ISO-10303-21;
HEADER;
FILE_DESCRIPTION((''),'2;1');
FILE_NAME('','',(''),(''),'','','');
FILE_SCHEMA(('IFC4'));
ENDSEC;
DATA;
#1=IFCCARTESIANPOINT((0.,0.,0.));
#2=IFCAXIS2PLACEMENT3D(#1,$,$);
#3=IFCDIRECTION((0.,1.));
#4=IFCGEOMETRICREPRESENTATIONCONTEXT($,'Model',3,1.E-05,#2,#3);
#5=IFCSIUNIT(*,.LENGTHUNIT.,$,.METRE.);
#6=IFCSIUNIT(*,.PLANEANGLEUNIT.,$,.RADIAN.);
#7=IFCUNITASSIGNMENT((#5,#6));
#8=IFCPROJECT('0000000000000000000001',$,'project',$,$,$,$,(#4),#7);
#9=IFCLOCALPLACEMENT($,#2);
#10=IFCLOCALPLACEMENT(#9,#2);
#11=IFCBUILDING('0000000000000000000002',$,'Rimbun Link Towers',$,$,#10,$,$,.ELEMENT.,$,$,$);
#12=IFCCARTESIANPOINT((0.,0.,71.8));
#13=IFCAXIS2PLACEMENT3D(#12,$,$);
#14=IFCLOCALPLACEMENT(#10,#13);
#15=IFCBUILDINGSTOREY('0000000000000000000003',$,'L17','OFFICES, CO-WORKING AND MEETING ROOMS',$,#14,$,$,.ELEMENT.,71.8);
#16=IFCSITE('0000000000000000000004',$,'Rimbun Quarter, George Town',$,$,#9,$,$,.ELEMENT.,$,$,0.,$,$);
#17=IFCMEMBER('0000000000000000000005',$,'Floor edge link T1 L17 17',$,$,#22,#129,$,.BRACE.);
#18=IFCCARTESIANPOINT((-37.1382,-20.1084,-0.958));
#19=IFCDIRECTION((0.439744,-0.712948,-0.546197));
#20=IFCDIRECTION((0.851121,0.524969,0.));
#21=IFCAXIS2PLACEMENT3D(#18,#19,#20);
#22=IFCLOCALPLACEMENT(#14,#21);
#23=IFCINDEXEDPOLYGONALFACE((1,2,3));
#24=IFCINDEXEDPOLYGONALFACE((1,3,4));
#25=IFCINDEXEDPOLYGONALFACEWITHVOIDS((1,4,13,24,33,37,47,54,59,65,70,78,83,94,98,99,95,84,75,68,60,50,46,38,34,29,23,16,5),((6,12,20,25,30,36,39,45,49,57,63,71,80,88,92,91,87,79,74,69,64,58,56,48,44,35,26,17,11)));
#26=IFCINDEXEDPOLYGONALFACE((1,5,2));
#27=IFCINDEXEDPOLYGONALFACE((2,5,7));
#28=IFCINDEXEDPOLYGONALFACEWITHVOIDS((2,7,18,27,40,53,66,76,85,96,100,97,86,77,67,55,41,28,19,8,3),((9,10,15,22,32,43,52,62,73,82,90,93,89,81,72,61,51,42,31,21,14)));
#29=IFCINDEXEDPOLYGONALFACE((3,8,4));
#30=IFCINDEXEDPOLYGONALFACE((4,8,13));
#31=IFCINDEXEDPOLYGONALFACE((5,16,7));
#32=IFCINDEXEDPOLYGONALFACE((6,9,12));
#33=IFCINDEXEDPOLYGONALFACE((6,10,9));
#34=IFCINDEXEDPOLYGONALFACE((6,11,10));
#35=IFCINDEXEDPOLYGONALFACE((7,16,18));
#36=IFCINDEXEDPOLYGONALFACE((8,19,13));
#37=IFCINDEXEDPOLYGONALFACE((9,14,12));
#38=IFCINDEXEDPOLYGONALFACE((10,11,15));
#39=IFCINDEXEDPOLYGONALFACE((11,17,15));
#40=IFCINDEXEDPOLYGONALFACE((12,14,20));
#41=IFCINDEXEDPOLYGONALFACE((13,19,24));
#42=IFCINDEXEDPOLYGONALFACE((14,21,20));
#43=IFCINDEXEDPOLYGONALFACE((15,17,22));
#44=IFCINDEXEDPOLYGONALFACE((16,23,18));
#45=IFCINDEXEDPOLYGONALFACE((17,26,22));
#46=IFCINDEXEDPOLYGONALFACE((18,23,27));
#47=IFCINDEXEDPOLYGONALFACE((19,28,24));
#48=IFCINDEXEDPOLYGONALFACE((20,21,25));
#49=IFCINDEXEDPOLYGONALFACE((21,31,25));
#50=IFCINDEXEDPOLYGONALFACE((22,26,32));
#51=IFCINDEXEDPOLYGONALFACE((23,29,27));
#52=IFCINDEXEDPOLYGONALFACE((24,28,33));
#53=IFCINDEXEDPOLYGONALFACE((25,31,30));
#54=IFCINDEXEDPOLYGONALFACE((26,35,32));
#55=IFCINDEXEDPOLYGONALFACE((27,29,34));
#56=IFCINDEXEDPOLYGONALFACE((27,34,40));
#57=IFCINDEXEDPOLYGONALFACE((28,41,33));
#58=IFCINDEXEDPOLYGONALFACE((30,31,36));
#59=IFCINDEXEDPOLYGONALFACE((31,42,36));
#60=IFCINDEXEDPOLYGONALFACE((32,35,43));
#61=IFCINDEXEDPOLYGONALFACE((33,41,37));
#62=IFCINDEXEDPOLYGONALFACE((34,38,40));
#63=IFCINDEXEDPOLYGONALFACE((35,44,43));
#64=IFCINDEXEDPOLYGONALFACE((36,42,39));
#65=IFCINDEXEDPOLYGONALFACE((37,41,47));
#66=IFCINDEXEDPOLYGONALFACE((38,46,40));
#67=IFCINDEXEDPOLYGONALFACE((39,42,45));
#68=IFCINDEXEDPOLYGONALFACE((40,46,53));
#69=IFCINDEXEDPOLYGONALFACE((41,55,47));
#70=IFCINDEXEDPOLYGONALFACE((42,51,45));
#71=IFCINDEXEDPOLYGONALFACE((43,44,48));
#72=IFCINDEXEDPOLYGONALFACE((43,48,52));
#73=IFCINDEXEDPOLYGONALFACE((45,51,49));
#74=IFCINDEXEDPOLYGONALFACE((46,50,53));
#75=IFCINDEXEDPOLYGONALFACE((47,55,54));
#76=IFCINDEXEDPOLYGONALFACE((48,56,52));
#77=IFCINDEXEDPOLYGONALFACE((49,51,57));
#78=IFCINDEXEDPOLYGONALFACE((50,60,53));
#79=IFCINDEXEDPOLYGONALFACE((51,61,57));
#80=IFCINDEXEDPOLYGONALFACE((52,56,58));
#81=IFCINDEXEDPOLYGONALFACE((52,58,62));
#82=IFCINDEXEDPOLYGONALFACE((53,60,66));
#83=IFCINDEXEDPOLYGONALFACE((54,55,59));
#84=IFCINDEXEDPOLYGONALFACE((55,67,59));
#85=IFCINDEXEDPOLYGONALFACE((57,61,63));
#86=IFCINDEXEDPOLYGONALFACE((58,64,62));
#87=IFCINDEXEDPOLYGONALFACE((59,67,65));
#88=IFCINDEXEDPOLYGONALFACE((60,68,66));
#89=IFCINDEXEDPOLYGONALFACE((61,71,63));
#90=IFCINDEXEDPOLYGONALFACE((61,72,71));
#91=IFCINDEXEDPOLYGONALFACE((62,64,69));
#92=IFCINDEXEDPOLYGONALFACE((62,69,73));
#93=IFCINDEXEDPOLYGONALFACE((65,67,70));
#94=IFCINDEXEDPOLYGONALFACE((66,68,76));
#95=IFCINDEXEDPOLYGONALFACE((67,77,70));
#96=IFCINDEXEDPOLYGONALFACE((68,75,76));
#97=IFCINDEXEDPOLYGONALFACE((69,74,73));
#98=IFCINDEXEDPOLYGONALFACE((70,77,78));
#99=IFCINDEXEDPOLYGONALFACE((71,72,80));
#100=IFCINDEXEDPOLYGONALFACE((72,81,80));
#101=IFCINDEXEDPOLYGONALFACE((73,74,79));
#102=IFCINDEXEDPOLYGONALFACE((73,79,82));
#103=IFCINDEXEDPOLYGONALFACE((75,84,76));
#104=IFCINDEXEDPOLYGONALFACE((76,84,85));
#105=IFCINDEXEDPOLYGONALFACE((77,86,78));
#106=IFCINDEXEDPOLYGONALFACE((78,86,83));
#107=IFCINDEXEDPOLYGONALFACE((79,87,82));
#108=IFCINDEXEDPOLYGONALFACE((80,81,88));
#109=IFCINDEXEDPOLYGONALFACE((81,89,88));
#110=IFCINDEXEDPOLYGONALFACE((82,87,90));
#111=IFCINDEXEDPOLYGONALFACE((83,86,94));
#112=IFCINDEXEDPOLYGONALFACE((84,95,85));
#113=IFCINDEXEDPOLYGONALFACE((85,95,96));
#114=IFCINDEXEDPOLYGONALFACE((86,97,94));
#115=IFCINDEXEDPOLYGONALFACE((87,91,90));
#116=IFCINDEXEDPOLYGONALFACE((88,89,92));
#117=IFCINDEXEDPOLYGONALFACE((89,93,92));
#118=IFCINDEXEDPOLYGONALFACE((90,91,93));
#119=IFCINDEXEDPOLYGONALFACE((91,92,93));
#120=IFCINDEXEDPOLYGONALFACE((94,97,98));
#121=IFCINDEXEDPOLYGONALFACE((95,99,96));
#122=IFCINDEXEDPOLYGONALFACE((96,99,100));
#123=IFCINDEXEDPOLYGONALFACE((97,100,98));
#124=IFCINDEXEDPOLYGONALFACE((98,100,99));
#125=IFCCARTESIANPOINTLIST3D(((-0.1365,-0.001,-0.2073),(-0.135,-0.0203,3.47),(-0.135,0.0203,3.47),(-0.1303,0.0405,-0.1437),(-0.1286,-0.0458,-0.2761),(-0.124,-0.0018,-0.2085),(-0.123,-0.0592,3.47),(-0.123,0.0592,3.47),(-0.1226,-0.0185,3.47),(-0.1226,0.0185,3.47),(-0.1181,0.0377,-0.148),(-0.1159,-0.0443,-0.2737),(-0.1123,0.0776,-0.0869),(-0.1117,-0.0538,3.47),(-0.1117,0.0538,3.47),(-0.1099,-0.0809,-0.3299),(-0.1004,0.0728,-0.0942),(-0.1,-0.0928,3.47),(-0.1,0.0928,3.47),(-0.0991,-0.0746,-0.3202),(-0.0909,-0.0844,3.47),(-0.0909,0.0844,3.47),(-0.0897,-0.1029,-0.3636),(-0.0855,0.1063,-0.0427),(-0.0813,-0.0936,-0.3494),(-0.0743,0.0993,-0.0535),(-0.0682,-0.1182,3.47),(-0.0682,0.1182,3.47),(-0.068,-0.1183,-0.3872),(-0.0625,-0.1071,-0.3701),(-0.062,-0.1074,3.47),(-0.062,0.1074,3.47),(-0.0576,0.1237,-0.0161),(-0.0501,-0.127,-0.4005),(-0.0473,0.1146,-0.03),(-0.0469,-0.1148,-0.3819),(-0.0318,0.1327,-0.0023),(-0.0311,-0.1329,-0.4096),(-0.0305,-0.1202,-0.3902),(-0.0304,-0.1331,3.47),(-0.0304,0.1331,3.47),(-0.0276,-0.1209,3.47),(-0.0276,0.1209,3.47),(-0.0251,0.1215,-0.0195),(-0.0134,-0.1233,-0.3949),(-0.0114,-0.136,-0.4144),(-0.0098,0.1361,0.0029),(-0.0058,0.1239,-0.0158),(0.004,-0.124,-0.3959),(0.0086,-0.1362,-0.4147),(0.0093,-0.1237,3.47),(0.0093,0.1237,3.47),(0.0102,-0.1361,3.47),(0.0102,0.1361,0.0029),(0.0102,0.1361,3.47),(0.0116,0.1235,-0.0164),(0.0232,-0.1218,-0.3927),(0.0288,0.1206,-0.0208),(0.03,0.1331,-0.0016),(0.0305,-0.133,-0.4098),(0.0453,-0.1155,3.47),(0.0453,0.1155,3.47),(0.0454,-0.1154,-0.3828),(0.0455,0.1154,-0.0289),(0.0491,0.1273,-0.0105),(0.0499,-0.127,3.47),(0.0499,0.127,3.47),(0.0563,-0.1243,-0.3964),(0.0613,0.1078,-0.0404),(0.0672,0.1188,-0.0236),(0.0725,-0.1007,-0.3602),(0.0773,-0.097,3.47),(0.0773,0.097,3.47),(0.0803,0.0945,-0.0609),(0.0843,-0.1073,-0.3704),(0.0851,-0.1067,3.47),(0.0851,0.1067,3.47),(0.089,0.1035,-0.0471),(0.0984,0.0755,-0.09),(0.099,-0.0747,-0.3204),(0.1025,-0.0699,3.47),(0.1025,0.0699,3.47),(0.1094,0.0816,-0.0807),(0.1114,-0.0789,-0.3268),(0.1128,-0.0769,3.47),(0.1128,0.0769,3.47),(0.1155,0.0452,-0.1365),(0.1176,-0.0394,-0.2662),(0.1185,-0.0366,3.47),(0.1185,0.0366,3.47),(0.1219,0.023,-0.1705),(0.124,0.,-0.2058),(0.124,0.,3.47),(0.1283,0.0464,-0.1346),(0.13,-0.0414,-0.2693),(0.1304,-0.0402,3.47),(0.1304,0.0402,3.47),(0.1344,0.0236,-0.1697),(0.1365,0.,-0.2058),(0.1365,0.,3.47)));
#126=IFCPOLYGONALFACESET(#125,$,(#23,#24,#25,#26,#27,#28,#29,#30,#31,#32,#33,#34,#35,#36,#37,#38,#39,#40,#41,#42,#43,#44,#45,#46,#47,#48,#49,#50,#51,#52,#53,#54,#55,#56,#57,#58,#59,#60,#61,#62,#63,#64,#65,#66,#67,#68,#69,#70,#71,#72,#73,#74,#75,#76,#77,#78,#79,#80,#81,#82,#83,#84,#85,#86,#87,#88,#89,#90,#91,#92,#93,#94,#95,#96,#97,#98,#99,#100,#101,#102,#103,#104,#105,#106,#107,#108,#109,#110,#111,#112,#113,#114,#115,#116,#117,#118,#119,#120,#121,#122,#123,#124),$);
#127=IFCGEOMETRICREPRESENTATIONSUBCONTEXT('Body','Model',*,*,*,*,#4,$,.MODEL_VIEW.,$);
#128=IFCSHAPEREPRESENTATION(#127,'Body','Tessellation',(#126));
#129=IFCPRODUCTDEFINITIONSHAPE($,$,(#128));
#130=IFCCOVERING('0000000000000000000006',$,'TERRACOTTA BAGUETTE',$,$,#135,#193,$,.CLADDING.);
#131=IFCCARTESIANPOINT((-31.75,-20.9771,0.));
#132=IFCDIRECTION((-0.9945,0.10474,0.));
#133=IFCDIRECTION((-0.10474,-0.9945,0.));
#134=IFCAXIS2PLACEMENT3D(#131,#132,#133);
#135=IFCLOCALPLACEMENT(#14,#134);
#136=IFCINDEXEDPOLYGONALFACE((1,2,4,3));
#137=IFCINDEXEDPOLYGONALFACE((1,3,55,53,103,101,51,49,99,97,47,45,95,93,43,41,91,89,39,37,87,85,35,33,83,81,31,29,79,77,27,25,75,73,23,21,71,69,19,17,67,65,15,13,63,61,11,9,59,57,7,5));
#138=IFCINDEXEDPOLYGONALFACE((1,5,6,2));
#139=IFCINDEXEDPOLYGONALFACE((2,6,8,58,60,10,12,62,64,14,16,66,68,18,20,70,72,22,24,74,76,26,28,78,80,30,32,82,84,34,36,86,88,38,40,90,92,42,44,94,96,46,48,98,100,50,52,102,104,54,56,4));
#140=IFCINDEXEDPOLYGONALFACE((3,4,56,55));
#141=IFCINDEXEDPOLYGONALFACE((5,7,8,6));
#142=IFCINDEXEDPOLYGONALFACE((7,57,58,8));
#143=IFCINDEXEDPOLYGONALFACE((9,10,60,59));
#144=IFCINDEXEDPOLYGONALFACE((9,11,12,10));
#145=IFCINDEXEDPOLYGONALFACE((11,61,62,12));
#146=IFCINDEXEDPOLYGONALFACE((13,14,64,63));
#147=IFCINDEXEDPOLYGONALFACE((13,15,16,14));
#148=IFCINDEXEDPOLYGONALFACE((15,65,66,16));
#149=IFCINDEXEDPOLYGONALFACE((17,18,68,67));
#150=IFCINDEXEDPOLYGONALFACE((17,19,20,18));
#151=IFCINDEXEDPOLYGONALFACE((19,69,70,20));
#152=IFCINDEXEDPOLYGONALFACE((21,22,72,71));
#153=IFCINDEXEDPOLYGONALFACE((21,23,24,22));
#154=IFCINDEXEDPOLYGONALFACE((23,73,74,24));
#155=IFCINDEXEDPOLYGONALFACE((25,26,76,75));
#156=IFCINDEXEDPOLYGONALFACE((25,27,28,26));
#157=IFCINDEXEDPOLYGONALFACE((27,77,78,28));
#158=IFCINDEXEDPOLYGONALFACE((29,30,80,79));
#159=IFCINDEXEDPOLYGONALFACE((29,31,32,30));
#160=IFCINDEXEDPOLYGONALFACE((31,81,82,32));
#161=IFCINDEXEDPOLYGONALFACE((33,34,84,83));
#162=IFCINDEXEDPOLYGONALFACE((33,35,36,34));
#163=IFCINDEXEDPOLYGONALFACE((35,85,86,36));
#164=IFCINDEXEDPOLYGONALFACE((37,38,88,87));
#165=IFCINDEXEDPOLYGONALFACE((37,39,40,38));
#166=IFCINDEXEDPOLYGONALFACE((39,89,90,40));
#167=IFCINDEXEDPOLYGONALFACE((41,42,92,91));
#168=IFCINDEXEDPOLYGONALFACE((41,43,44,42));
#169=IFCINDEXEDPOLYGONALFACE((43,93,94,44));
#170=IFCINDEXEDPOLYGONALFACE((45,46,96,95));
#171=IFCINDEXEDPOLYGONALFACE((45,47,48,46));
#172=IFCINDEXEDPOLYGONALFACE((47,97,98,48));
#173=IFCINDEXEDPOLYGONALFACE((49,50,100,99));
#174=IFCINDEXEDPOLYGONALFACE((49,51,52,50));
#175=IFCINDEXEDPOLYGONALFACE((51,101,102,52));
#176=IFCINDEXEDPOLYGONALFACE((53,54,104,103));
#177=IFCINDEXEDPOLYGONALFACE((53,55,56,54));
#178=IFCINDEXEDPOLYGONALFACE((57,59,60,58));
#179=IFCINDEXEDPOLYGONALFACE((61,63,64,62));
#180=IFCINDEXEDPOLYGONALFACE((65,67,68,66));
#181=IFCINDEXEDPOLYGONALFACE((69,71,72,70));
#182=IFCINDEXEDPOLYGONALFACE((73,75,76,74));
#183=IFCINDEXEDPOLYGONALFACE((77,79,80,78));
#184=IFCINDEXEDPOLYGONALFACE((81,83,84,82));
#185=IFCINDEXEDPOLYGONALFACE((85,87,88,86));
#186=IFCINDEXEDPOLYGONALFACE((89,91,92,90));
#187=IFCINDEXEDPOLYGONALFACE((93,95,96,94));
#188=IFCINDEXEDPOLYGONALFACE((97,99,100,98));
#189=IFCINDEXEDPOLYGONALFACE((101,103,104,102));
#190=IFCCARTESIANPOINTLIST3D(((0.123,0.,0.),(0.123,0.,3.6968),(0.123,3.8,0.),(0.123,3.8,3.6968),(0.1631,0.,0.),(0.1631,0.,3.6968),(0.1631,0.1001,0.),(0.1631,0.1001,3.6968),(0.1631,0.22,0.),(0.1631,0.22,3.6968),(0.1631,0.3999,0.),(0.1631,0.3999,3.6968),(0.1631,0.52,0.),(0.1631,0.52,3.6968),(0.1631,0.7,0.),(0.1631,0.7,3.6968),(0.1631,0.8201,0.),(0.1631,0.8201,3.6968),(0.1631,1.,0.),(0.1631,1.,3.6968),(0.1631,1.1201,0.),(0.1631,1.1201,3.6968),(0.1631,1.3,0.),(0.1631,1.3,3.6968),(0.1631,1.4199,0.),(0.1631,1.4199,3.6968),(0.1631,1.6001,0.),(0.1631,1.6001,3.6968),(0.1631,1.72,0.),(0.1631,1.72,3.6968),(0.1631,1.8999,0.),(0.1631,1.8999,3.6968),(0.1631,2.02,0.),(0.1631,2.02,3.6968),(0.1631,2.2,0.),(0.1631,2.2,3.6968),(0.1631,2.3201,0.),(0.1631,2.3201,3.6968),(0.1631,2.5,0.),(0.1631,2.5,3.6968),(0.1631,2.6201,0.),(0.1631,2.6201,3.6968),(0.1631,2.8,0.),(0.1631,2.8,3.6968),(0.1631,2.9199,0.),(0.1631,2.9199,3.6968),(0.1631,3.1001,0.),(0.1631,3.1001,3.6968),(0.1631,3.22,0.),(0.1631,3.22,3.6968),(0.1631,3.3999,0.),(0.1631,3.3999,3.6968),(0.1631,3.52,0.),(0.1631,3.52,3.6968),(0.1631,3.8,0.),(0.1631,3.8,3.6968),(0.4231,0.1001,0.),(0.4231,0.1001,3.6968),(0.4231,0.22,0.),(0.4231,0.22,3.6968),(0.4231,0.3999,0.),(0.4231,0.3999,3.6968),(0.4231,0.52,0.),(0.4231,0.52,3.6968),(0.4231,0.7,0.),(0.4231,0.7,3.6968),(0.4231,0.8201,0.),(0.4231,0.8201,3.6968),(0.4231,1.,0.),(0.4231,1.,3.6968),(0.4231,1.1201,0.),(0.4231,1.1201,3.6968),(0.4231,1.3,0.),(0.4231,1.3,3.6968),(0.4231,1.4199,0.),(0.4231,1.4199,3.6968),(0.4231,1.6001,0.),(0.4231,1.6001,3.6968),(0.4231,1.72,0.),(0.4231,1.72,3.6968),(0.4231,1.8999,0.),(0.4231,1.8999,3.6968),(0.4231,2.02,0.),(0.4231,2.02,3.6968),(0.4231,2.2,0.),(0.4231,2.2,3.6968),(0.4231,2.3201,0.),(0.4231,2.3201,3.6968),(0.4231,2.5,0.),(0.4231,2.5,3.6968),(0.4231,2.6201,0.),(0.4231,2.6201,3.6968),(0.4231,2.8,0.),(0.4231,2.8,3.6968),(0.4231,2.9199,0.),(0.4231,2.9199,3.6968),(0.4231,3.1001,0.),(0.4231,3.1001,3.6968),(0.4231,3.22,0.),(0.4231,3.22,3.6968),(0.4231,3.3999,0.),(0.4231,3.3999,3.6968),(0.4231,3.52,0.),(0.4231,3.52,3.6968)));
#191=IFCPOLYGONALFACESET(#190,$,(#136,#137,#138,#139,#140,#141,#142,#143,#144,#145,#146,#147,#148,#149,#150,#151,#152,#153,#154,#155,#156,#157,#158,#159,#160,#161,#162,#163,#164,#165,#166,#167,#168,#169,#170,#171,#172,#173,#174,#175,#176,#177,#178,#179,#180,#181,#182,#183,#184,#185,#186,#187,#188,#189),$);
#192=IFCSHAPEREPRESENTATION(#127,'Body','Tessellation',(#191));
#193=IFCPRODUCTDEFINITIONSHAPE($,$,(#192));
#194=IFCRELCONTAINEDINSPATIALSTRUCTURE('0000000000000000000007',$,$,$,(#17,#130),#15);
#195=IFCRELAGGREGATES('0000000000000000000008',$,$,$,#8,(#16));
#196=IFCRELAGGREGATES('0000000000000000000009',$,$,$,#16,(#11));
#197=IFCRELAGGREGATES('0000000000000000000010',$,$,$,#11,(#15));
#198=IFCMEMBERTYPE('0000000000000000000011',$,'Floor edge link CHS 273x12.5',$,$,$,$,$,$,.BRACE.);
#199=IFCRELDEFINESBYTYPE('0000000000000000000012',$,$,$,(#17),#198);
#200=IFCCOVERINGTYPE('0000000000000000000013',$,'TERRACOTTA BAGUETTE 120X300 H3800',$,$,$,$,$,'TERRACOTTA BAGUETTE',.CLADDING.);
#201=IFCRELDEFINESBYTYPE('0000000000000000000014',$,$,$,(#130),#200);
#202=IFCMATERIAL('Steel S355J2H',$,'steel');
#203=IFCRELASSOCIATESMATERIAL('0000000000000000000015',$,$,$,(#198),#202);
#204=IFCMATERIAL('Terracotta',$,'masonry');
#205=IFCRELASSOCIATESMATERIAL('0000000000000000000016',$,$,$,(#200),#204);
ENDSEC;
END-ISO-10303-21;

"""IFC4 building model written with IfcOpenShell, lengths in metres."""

from ifc_helpers import new_model, si_unit, direction, frame, origin, origin_2d, place, context, subcontext, project, spatial, polyline, hollow_circle, outline, extrude, clip, halfspace, material, material_profile, profile_set, type_object, element, save


model = new_model("IFC4")

# Units and contexts
model_context = context("Model", 3, precision=1e-05, world=origin(), true_north=direction((0.0, 1.0)))
body_context = subcontext(model_context, "Body", "Model", "MODEL_VIEW")
ifc_project = project(units=[si_unit("LENGTHUNIT", "METRE"), si_unit("PLANEANGLEUNIT", "RADIAN")], contexts=[model_context])

# Site, building, storey
site_placement = place(None, origin())
site = spatial("IfcSite", under=ifc_project, at=site_placement, Name="Rimbun Quarter, George Town", CompositionType="ELEMENT", RefElevation=0.0)
building_placement = place(site_placement, origin())
building = spatial("IfcBuilding", under=site, at=building_placement, Name="Rimbun Link Towers", CompositionType="ELEMENT")
storey_placement = place(building_placement, frame((0.0, 0.0, 71.8)))
storey = spatial("IfcBuildingStorey", under=building, at=storey_placement, Name="L17", Description="OFFICES, CO-WORKING AND MEETING ROOMS", CompositionType="ELEMENT", Elevation=71.8)

# Member
ifc_material_1 = material(Name="Steel S355J2H", Category="steel")
ifc_material_profile_1 = material_profile(ifc_material_1, hollow_circle(Radius=0.1365, WallThickness=0.0125, at=origin_2d()), Name="CHS 273x12.5")
ifc_profile_set_1 = profile_set([ifc_material_profile_1], Name="Steel S355J2H")
member_type_1 = type_object("IfcMemberType", Name="Floor edge link CHS 273x12.5", PredefinedType="BRACE", material=ifc_profile_set_1)
member_1_placement = place(storey_placement, frame((-37.1382, -20.1084, -0.958), z_axis=(0.439744, -0.712948, -0.546197), x_axis=(0.851121, 0.524969, 0.0)))
element("IfcMember", 1, at=member_1_placement, inside=storey, type_object=member_type_1, Name="Floor edge link T1 L17 17", PredefinedType="BRACE", context=body_context, shape_type="Clipping", body=[
    clip(extrude(hollow_circle(Radius=0.1365, WallThickness=0.0125, at=origin_2d()), frame((0.0, 0.0, -0.437)), (0.0, 0.0, 1.0), 3.907), halfspace(frame((0.0, 0.0, -0.2058), z_axis=(0.0, 0.837657, -0.546197)), False)),
])

# Covering
ifc_material_2 = material(Name="Terracotta", Category="masonry")
ifc_material_profile_2 = material_profile(ifc_material_2, outline(polyline([(0.123, 0.0), (0.1631, 0.0), (0.1631, 0.1001), (0.4231, 0.1001), (0.4231, 0.22), (0.1631, 0.22), (0.1631, 0.3999), (0.4231, 0.3999), (0.4231, 0.52), (0.1631, 0.52), (0.1631, 0.7), (0.4231, 0.7), (0.4231, 0.8201), (0.1631, 0.8201), (0.1631, 1.0), (0.4231, 1.0), (0.4231, 1.1201), (0.1631, 1.1201), (0.1631, 1.3), (0.4231, 1.3), (0.4231, 1.4199), (0.1631, 1.4199), (0.1631, 1.6001), (0.4231, 1.6001), (0.4231, 1.72), (0.1631, 1.72), (0.1631, 1.8999), (0.4231, 1.8999), (0.4231, 2.02), (0.1631, 2.02), (0.1631, 2.2), (0.4231, 2.2), (0.4231, 2.3201), (0.1631, 2.3201), (0.1631, 2.5), (0.4231, 2.5), (0.4231, 2.6201), (0.1631, 2.6201), (0.1631, 2.8), (0.4231, 2.8), (0.4231, 2.9199), (0.1631, 2.9199), (0.1631, 3.1001), (0.4231, 3.1001), (0.4231, 3.22), (0.1631, 3.22), (0.1631, 3.3999), (0.4231, 3.3999), (0.4231, 3.52), (0.1631, 3.52), (0.1631, 3.8), (0.123, 3.8), (0.123, 0.0)])), Name="BAGUETTE 120X300")
ifc_profile_set_2 = profile_set([ifc_material_profile_2], Name="Terracotta")
covering_type = type_object("IfcCoveringType", Name="TERRACOTTA BAGUETTE 120X300 H3800", ElementType="TERRACOTTA BAGUETTE", PredefinedType="CLADDING", material=ifc_profile_set_2)
for number, where, z_axis, x_axis, name in (
    (2, (-31.75, -20.9771, 0.0), (-0.9945, 0.10474, 0.0), (-0.10474, -0.9945, 0.0), "TERRACOTTA BAGUETTE"),
):
    element("IfcCovering", number, at=place(storey_placement, frame(where, z_axis=z_axis, x_axis=x_axis)), inside=storey, type_object=covering_type, Name=name, PredefinedType="CLADDING", context=body_context, shape_type="SweptSolid", body=[
        extrude(outline(polyline([(0.123, 0.0), (0.1631, 0.0), (0.1631, 0.1001), (0.4231, 0.1001), (0.4231, 0.22), (0.1631, 0.22), (0.1631, 0.3999), (0.4231, 0.3999), (0.4231, 0.52), (0.1631, 0.52), (0.1631, 0.7), (0.4231, 0.7), (0.4231, 0.8201), (0.1631, 0.8201), (0.1631, 1.0), (0.4231, 1.0), (0.4231, 1.1201), (0.1631, 1.1201), (0.1631, 1.3), (0.4231, 1.3), (0.4231, 1.4199), (0.1631, 1.4199), (0.1631, 1.6001), (0.4231, 1.6001), (0.4231, 1.72), (0.1631, 1.72), (0.1631, 1.8999), (0.4231, 1.8999), (0.4231, 2.02), (0.1631, 2.02), (0.1631, 2.2), (0.4231, 2.2), (0.4231, 2.3201), (0.1631, 2.3201), (0.1631, 2.5), (0.4231, 2.5), (0.4231, 2.6201), (0.1631, 2.6201), (0.1631, 2.8), (0.4231, 2.8), (0.4231, 2.9199), (0.1631, 2.9199), (0.1631, 3.1001), (0.4231, 3.1001), (0.4231, 3.22), (0.1631, 3.22), (0.1631, 3.3999), (0.4231, 3.3999), (0.4231, 3.52), (0.1631, 3.52), (0.1631, 3.8), (0.123, 3.8), (0.123, 0.0)])), origin(), (0.0, 0.0, 1.0), 3.6968),
    ])

save(model, "model.ifc")
